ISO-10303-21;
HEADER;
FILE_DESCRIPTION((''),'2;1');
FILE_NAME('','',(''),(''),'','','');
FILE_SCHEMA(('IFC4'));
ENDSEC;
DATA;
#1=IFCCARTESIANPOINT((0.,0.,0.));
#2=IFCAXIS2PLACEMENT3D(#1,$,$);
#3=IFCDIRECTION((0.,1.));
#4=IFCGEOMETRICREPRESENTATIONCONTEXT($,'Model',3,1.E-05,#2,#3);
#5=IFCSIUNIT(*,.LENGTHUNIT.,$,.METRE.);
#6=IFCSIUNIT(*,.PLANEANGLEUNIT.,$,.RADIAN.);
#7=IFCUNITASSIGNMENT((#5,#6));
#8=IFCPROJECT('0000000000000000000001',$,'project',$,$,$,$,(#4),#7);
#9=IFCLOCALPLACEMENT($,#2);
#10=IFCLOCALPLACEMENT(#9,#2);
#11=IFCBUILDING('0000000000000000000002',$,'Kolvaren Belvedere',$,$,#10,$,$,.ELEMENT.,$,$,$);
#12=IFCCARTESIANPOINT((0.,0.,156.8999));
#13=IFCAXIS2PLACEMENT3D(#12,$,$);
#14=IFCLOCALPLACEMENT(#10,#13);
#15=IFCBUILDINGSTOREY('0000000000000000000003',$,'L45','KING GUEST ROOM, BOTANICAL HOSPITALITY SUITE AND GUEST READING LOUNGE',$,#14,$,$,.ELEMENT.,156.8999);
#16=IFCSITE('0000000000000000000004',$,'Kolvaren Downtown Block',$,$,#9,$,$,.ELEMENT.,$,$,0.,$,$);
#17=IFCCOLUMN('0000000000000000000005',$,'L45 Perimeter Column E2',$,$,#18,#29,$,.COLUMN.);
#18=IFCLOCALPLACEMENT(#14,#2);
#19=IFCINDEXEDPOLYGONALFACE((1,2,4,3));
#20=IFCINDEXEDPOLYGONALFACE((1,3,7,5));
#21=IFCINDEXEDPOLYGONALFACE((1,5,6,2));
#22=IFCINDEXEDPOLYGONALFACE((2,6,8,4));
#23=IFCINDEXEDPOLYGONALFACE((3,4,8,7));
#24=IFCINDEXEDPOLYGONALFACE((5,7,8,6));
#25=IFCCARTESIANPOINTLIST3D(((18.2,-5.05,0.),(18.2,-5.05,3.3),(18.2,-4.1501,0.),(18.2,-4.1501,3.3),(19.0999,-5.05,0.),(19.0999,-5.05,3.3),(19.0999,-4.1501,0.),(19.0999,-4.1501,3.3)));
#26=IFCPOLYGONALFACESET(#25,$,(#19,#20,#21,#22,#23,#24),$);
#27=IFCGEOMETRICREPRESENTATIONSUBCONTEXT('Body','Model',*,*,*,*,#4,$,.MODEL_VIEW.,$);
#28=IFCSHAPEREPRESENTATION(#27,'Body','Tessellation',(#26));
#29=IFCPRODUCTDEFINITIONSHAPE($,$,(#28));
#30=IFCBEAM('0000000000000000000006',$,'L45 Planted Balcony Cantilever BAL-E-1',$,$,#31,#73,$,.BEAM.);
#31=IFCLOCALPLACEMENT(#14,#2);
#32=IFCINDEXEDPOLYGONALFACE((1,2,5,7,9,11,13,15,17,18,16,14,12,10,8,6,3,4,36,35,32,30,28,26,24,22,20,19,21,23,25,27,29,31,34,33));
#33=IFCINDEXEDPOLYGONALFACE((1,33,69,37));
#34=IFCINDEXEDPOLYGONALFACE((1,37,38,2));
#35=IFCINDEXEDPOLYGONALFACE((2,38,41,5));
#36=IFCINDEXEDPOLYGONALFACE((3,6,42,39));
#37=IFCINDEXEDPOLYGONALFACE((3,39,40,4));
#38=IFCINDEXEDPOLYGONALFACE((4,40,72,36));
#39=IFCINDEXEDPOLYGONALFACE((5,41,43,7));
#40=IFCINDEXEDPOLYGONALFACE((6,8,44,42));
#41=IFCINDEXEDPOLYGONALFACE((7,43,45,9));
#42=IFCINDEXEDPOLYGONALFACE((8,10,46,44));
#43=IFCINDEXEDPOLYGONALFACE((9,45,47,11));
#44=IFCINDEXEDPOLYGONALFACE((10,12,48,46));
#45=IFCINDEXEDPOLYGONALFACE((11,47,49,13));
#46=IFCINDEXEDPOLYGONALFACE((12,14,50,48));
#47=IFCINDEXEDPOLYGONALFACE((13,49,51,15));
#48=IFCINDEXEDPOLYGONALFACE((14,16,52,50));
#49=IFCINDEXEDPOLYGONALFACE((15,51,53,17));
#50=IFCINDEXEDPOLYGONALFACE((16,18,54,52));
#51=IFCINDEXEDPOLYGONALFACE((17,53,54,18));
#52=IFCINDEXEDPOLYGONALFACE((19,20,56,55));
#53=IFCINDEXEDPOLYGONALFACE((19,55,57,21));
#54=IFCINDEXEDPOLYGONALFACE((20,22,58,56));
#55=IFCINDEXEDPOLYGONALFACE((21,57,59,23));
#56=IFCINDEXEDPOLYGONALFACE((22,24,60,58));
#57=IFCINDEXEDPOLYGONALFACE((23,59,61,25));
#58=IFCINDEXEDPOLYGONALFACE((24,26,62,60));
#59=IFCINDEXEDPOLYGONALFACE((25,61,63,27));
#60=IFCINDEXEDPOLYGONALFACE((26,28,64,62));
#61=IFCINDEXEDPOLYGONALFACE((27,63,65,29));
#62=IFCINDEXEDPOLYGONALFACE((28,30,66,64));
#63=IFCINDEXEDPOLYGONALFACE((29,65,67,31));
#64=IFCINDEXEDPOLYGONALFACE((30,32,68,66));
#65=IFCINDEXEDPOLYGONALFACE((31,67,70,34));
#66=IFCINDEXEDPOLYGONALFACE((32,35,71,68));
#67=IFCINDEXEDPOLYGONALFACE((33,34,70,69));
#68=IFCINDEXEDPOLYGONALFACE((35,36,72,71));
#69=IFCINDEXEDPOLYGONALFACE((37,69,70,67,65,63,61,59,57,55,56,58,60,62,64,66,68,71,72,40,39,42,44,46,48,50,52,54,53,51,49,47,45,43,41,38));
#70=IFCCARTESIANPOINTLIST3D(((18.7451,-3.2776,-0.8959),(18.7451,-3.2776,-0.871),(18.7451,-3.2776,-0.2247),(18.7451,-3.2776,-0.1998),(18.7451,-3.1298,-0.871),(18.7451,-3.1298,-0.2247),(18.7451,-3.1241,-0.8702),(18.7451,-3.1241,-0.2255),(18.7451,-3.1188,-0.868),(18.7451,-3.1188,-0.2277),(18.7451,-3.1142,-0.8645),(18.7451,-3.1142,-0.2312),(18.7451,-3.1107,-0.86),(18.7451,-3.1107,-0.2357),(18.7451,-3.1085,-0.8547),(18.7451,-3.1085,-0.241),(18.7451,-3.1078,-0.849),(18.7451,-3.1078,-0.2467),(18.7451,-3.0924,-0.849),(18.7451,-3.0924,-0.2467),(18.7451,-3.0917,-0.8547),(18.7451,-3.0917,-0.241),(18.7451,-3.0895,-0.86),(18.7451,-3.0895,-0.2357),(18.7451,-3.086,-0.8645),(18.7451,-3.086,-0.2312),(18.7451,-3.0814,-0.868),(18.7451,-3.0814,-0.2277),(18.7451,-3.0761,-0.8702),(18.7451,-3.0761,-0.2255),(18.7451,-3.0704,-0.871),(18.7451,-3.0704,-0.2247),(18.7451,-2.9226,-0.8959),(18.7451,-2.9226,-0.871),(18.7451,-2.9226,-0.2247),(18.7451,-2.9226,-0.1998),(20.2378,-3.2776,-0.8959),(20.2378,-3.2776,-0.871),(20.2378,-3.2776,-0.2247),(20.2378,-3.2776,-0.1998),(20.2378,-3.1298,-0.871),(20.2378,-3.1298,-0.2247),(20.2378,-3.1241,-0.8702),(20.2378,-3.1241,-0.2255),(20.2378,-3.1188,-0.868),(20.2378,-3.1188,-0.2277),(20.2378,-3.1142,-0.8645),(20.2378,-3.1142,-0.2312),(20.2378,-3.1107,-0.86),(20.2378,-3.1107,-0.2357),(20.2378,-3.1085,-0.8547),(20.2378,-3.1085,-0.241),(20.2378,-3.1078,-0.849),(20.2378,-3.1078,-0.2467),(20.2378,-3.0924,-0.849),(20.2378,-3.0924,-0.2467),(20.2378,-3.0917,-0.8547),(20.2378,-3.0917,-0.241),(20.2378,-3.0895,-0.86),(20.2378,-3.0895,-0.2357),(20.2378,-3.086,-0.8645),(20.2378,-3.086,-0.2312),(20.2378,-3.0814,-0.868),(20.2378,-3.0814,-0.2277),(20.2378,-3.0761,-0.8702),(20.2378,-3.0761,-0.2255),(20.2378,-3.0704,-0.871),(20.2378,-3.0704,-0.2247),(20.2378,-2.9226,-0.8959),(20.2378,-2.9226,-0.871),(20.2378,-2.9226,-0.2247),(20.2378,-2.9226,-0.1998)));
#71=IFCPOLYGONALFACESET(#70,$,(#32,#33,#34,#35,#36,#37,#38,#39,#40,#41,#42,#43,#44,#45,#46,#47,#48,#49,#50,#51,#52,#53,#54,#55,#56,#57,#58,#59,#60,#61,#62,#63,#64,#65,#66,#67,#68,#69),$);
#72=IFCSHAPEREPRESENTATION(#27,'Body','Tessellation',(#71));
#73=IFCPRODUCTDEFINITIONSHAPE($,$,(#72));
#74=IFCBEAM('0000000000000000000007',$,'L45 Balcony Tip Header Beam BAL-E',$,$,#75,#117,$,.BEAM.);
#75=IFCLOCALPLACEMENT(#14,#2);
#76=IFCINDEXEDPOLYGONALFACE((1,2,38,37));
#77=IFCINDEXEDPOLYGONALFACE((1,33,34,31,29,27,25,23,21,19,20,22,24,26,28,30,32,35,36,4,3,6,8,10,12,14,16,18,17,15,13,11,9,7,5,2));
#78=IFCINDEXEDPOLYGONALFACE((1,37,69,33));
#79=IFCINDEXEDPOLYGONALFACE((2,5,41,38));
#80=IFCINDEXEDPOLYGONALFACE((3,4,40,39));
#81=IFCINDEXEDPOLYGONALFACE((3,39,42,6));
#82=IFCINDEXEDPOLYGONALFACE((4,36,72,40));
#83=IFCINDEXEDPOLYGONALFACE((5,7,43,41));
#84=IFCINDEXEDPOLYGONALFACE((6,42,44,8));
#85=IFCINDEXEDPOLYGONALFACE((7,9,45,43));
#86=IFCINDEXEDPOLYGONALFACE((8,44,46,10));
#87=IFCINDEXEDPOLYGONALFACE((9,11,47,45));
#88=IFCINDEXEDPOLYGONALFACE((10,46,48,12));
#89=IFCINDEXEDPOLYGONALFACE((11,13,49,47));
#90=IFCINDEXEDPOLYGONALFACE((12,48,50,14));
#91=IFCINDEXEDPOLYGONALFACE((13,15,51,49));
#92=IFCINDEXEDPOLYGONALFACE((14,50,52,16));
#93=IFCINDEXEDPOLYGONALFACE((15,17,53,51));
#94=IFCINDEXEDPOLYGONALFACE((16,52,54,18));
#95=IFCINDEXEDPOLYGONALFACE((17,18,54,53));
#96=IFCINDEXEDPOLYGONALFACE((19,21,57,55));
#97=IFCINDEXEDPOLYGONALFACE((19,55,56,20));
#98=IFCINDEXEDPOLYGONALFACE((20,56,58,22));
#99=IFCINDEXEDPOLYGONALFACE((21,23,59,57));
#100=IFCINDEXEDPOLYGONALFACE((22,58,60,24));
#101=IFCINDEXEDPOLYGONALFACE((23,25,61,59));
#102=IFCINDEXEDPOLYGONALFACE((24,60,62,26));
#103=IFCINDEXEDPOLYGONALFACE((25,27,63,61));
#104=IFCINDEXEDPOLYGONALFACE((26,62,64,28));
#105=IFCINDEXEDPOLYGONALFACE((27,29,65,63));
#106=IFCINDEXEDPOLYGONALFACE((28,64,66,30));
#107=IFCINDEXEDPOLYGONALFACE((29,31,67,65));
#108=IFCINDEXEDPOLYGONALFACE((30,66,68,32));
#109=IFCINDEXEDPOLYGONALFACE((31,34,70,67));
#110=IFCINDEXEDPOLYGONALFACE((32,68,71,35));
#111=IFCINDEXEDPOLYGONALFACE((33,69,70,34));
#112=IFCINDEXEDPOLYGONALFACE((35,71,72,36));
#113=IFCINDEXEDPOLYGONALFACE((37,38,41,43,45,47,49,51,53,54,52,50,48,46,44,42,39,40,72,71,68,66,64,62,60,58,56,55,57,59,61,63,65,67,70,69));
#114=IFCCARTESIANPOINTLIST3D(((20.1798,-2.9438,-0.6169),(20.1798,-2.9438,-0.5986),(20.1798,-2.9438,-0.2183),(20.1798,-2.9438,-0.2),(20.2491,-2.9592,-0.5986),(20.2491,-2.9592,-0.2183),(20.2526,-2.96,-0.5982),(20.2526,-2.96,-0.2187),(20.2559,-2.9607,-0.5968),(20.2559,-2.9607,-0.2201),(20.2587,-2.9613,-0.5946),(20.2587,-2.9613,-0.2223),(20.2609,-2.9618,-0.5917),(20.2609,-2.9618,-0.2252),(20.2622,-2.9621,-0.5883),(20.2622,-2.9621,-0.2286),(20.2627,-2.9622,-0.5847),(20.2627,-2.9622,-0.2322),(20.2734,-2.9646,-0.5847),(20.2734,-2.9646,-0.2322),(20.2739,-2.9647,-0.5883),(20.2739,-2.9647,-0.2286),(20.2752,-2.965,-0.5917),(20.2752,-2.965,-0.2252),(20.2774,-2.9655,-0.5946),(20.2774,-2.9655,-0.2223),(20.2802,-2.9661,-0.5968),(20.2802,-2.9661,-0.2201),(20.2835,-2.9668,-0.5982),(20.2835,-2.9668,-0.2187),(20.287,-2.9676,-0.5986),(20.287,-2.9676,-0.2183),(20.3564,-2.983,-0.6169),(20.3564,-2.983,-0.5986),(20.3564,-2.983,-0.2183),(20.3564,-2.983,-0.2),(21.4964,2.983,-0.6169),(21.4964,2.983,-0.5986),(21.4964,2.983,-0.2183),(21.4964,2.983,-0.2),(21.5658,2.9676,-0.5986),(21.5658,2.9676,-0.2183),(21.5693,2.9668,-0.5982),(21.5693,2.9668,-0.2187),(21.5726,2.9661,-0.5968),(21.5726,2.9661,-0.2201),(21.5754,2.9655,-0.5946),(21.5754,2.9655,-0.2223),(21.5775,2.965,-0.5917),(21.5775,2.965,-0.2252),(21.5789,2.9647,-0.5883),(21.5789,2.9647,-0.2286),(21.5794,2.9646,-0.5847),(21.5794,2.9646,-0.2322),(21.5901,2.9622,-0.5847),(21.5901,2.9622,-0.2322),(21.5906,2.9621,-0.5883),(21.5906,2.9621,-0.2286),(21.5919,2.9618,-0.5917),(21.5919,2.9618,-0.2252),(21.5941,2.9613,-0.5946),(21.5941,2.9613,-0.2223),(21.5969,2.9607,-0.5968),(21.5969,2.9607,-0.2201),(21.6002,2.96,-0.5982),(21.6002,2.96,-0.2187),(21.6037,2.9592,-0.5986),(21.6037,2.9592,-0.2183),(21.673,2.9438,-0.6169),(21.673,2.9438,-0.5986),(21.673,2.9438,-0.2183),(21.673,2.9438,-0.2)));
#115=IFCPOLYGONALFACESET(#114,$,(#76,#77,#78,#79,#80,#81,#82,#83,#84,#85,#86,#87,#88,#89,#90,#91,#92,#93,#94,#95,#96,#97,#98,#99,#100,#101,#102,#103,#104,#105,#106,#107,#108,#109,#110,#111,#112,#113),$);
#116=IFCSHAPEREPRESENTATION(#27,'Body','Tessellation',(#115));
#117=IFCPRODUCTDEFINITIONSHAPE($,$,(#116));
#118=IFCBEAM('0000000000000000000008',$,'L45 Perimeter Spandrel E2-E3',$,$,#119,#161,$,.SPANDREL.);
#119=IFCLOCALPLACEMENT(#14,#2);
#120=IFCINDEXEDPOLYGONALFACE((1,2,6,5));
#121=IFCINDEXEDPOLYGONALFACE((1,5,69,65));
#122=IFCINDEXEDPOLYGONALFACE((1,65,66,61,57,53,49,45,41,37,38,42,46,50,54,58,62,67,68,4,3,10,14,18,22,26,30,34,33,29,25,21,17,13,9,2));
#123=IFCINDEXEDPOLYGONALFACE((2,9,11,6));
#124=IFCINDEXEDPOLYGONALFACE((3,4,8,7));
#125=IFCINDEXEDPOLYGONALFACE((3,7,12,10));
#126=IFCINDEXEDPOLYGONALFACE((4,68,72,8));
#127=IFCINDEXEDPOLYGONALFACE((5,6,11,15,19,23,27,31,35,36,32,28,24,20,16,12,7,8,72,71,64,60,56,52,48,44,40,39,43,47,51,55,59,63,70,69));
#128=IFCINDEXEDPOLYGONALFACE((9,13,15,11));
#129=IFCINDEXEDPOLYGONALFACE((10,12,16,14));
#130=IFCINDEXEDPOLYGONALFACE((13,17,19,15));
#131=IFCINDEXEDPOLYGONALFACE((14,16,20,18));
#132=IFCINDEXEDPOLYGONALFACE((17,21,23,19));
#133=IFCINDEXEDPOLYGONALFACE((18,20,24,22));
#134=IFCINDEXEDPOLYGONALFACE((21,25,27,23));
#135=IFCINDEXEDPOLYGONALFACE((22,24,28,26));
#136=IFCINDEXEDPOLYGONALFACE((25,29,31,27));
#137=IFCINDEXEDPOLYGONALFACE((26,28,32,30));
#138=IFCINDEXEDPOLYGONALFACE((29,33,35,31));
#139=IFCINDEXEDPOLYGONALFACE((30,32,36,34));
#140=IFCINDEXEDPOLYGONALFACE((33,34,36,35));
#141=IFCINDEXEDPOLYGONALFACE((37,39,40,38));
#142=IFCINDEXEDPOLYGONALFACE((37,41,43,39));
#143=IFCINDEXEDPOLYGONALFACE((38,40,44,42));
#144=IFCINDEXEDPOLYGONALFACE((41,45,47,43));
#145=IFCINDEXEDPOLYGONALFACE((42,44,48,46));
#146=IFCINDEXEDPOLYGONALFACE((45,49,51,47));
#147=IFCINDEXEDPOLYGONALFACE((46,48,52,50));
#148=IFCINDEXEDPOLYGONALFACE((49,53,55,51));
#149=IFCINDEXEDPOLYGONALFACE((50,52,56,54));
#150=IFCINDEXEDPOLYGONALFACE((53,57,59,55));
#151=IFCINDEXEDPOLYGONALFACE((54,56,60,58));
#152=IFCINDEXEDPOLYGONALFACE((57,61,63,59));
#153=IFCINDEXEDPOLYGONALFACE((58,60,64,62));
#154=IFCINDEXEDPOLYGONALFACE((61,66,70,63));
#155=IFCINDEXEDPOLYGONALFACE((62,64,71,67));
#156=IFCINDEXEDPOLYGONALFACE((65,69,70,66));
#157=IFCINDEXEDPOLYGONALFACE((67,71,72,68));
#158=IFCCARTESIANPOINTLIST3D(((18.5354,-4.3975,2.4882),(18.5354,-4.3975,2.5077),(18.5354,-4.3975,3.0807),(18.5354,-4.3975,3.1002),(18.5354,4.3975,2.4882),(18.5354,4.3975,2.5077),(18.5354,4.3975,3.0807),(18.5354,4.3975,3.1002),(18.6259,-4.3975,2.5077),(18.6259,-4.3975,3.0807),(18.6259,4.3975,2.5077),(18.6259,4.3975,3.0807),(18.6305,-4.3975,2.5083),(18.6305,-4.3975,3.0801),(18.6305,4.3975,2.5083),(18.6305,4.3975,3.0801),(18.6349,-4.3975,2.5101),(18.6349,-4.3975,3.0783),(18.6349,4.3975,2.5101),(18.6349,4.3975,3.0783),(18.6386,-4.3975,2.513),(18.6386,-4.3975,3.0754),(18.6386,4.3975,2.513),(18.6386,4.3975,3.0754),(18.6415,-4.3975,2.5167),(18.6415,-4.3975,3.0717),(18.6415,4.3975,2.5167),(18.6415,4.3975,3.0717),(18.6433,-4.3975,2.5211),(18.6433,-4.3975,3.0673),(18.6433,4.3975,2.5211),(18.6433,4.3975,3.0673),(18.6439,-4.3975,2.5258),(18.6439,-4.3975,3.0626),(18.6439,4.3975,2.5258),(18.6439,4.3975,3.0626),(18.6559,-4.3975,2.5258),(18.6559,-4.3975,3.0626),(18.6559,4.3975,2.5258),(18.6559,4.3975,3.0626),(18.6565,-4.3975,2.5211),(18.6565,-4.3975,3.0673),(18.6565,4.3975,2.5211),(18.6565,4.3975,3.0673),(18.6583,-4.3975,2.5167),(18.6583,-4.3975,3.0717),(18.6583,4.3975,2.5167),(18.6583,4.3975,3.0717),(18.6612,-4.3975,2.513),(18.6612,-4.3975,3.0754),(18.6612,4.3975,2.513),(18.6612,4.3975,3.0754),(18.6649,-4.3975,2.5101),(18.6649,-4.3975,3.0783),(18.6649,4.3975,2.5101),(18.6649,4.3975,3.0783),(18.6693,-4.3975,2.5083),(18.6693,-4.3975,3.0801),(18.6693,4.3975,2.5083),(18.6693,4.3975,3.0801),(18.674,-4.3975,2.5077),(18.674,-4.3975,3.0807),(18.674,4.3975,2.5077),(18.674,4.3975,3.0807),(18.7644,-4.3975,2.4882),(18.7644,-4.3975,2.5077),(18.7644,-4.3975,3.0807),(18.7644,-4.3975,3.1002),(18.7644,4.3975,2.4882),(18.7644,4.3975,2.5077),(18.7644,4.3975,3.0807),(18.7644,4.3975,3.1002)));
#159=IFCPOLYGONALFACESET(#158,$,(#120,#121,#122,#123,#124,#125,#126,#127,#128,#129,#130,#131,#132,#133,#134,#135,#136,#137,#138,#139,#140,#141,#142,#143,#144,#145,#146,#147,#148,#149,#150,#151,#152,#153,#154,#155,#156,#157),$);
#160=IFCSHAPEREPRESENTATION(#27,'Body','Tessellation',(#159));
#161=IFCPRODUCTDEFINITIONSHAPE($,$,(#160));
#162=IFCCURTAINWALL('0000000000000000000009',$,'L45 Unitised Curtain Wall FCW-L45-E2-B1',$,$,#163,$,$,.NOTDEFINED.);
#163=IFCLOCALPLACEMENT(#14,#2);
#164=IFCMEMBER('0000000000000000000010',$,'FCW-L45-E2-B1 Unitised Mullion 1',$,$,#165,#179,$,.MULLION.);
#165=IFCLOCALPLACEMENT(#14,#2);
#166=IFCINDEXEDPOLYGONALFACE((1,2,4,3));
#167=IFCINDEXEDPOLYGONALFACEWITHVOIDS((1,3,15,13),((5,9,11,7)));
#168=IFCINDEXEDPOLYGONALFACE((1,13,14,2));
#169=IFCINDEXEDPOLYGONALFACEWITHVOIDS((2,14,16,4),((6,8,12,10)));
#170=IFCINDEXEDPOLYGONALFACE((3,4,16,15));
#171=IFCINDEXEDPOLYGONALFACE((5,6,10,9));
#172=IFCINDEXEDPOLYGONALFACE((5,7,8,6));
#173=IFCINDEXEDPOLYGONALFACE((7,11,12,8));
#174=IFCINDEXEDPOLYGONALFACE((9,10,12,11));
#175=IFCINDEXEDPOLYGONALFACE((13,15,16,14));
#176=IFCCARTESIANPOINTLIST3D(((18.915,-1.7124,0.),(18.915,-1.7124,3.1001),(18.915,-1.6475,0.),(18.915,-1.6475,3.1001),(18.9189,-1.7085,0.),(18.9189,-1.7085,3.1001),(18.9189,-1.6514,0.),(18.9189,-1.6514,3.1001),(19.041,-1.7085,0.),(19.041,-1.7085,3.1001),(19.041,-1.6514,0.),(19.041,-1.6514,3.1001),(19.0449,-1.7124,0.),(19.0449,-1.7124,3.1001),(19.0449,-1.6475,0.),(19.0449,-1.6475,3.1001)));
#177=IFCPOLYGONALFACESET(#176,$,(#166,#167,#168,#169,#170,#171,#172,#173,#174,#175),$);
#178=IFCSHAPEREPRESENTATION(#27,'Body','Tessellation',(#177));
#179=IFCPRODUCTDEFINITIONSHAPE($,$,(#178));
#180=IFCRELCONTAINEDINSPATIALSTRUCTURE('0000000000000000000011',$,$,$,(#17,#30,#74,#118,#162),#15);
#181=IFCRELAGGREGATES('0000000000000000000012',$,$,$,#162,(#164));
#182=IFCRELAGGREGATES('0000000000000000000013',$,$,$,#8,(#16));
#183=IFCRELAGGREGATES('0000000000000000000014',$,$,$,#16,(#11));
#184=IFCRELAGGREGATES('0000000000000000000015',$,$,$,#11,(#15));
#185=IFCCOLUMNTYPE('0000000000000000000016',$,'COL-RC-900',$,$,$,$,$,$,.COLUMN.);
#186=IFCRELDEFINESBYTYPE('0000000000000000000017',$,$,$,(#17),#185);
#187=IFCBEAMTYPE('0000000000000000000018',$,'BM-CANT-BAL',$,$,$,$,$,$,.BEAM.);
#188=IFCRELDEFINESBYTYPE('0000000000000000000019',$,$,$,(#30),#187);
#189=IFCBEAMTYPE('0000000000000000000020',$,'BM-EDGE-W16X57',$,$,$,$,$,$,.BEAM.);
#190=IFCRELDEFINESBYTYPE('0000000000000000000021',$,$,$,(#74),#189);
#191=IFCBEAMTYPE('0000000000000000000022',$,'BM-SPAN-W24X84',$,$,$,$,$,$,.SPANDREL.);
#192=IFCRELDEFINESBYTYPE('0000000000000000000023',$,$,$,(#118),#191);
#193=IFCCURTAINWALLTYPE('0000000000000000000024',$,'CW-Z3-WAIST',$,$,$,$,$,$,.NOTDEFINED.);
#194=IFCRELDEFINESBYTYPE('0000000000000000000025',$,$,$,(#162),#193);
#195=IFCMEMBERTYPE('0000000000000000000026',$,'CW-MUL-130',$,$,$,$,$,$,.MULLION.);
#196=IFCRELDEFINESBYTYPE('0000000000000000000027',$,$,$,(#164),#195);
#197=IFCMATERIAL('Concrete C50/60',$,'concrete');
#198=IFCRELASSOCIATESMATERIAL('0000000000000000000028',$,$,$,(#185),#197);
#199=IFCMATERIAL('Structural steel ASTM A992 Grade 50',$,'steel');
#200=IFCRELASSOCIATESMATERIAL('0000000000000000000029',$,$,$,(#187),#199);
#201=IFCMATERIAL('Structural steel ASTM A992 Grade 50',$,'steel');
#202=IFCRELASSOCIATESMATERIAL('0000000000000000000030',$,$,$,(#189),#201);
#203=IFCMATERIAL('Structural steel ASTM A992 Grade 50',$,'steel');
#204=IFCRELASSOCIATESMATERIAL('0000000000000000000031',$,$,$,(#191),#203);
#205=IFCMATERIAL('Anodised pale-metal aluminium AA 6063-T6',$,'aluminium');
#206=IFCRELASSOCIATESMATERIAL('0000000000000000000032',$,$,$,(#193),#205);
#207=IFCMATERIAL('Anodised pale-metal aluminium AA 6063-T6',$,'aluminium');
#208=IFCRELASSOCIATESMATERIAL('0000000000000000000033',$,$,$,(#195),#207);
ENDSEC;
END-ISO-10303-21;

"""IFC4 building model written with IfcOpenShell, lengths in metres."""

from ifc_helpers import new_model, si_unit, direction, frame, origin, origin_2d, place, context, subcontext, project, spatial, rectangle, hollow_rectangle, i_section, extrude, material, material_profile, profile_set, type_object, element, aggregate, save


model = new_model("IFC4")

# Units and contexts
model_context = context("Model", 3, precision=1e-05, world=origin(), true_north=direction((0.0, 1.0)))
body_context = subcontext(model_context, "Body", "Model", "MODEL_VIEW")
ifc_project = project(units=[si_unit("LENGTHUNIT", "METRE"), si_unit("PLANEANGLEUNIT", "RADIAN")], contexts=[model_context])

# Site, building, storey
site_placement = place(None, origin())
site = spatial("IfcSite", under=ifc_project, at=site_placement, Name="Kolvaren Downtown Block", CompositionType="ELEMENT", RefElevation=0.0)
building_placement = place(site_placement, origin())
building = spatial("IfcBuilding", under=site, at=building_placement, Name="Kolvaren Belvedere", CompositionType="ELEMENT")
storey_placement = place(building_placement, frame((0.0, 0.0, 156.8999)))
storey = spatial("IfcBuildingStorey", under=building, at=storey_placement, Name="L45", Description="KING GUEST ROOM, BOTANICAL HOSPITALITY SUITE AND GUEST READING LOUNGE", CompositionType="ELEMENT", Elevation=156.8999)

# Column
ifc_material_1 = material(Name="Concrete C50/60", Category="concrete")
ifc_material_profile_1 = material_profile(ifc_material_1, rectangle(XDim=0.8999, YDim=0.8999, at=origin_2d()), Name="RC 900X900")
ifc_profile_set_1 = profile_set([ifc_material_profile_1], Name="Concrete C50/60")
column_type = type_object("IfcColumnType", Name="COL-RC-900", PredefinedType="COLUMN", material=ifc_profile_set_1)
column_placement = place(storey_placement, frame((18.6499, -4.6001, 0.0), z_axis=(0.0, 0.0, 1.0), x_axis=(1.0, 0.0, 0.0)))
element("IfcColumn", 1, at=column_placement, inside=storey, type_object=column_type, Name="L45 Perimeter Column E2", PredefinedType="COLUMN", context=body_context, shape_type="SweptSolid", body=[
    extrude(rectangle(XDim=0.8999, YDim=0.8999, at=origin_2d()), origin(), (0.0, 0.0, 1.0), 3.3),
])

# Beams
ifc_material_2 = material(Name="Structural steel ASTM A992 Grade 50", Category="steel")
ifc_material_profile_2 = material_profile(ifc_material_2, i_section(OverallWidth=0.355, OverallDepth=0.696, WebThickness=0.0154, FlangeThickness=0.0249, FilletRadius=0.022, at=origin_2d()), Name="W27X146")
ifc_profile_set_2 = profile_set([ifc_material_profile_2], Name="Structural steel ASTM A992 Grade 50")
beam_type_1 = type_object("IfcBeamType", Name="BM-CANT-BAL", PredefinedType="BEAM", material=ifc_profile_set_2)
beam_1_placement = place(storey_placement, frame((18.7451, -3.1001, -0.5479), z_axis=(1.0, 0.0, 0.0), x_axis=(0.0, 1.0, 0.0)))
element("IfcBeam", 2, at=beam_1_placement, inside=storey, type_object=beam_type_1, Name="L45 Planted Balcony Cantilever BAL-E-1", PredefinedType="BEAM", context=body_context, shape_type="SweptSolid", body=[
    extrude(i_section(OverallWidth=0.355, OverallDepth=0.696, WebThickness=0.0154, FlangeThickness=0.0249, FilletRadius=0.022, at=origin_2d()), origin(), (0.0, 0.0, 1.0), 1.4927),
])
ifc_material_3 = material(Name="Structural steel ASTM A992 Grade 50", Category="steel")
ifc_material_profile_3 = material_profile(ifc_material_3, i_section(OverallWidth=0.1809, OverallDepth=0.417, WebThickness=0.011, FlangeThickness=0.0183, FilletRadius=0.0139, at=origin_2d()), Name="W16X57")
ifc_profile_set_3 = profile_set([ifc_material_profile_3], Name="Structural steel ASTM A992 Grade 50")
beam_type_2 = type_object("IfcBeamType", Name="BM-EDGE-W16X57", PredefinedType="BEAM", material=ifc_profile_set_3)
beam_2_placement = place(storey_placement, frame((20.2681, -2.9634, -0.4084), z_axis=(0.216867, 0.976201, 0.0), x_axis=(-0.976201, 0.216867, 0.0)))
element("IfcBeam", 3, at=beam_2_placement, inside=storey, type_object=beam_type_2, Name="L45 Balcony Tip Header Beam BAL-E", PredefinedType="BEAM", context=body_context, shape_type="SweptSolid", body=[
    extrude(i_section(OverallWidth=0.1809, OverallDepth=0.417, WebThickness=0.011, FlangeThickness=0.0183, FilletRadius=0.0139, at=origin_2d()), origin(), (0.0, 0.0, 1.0), 6.0713),
])
ifc_material_4 = material(Name="Structural steel ASTM A992 Grade 50", Category="steel")
ifc_material_profile_4 = material_profile(ifc_material_4, i_section(OverallWidth=0.229, OverallDepth=0.6121, WebThickness=0.012, FlangeThickness=0.0195, FilletRadius=0.0181, at=origin_2d()), Name="W24X84")
ifc_profile_set_4 = profile_set([ifc_material_profile_4], Name="Structural steel ASTM A992 Grade 50")
beam_type_3 = type_object("IfcBeamType", Name="BM-SPAN-W24X84", PredefinedType="SPANDREL", material=ifc_profile_set_4)
beam_3_placement = place(storey_placement, frame((18.6499, -4.3975, 2.7942), z_axis=(0.0, 1.0, 0.0), x_axis=(-1.0, 0.0, 0.0)))
element("IfcBeam", 4, at=beam_3_placement, inside=storey, type_object=beam_type_3, Name="L45 Perimeter Spandrel E2-E3", PredefinedType="SPANDREL", context=body_context, shape_type="SweptSolid", body=[
    extrude(i_section(OverallWidth=0.229, OverallDepth=0.6121, WebThickness=0.012, FlangeThickness=0.0195, FilletRadius=0.0181, at=origin_2d()), origin(), (0.0, 0.0, 1.0), 8.7949),
])

# Curtain wall, member
ifc_material_5 = material(Name="Anodised pale-metal aluminium AA 6063-T6", Category="aluminium")
curtain_wall_type = type_object("IfcCurtainWallType", Name="CW-Z3-WAIST", PredefinedType="NOTDEFINED", material=ifc_material_5)
curtain_wall_1_placement = place(storey_placement, origin())
curtain_wall_1 = element("IfcCurtainWall", 5, at=curtain_wall_1_placement, inside=storey, type_object=curtain_wall_type, Name="L45 Unitised Curtain Wall FCW-L45-E2-B1", PredefinedType="NOTDEFINED")
ifc_material_6 = material(Name="Anodised pale-metal aluminium AA 6063-T6", Category="aluminium")
ifc_material_profile_5 = material_profile(ifc_material_6, hollow_rectangle(XDim=0.0649, YDim=0.1299, WallThickness=0.0039, at=origin_2d()), Name="ALU-MUL-130X65")
ifc_profile_set_5 = profile_set([ifc_material_profile_5], Name="Anodised pale-metal aluminium AA 6063-T6")
member_type_1 = type_object("IfcMemberType", Name="CW-MUL-130", PredefinedType="MULLION", material=ifc_profile_set_5)
member_1_placement = place(storey_placement, frame((18.98, -1.6799, 0.0), z_axis=(0.0, 0.0, 1.0), x_axis=(0.0, 1.0, 0.0)))
member_1 = element("IfcMember", 6, at=member_1_placement, type_object=member_type_1, Name="FCW-L45-E2-B1 Unitised Mullion 1", PredefinedType="MULLION", context=body_context, shape_type="SweptSolid", body=[
    extrude(hollow_rectangle(XDim=0.0649, YDim=0.1299, WallThickness=0.0039, at=origin_2d()), origin(), (0.0, 0.0, 1.0), 3.1001),
])

aggregate(curtain_wall_1, [member_1])

save(model, "model.ifc")
